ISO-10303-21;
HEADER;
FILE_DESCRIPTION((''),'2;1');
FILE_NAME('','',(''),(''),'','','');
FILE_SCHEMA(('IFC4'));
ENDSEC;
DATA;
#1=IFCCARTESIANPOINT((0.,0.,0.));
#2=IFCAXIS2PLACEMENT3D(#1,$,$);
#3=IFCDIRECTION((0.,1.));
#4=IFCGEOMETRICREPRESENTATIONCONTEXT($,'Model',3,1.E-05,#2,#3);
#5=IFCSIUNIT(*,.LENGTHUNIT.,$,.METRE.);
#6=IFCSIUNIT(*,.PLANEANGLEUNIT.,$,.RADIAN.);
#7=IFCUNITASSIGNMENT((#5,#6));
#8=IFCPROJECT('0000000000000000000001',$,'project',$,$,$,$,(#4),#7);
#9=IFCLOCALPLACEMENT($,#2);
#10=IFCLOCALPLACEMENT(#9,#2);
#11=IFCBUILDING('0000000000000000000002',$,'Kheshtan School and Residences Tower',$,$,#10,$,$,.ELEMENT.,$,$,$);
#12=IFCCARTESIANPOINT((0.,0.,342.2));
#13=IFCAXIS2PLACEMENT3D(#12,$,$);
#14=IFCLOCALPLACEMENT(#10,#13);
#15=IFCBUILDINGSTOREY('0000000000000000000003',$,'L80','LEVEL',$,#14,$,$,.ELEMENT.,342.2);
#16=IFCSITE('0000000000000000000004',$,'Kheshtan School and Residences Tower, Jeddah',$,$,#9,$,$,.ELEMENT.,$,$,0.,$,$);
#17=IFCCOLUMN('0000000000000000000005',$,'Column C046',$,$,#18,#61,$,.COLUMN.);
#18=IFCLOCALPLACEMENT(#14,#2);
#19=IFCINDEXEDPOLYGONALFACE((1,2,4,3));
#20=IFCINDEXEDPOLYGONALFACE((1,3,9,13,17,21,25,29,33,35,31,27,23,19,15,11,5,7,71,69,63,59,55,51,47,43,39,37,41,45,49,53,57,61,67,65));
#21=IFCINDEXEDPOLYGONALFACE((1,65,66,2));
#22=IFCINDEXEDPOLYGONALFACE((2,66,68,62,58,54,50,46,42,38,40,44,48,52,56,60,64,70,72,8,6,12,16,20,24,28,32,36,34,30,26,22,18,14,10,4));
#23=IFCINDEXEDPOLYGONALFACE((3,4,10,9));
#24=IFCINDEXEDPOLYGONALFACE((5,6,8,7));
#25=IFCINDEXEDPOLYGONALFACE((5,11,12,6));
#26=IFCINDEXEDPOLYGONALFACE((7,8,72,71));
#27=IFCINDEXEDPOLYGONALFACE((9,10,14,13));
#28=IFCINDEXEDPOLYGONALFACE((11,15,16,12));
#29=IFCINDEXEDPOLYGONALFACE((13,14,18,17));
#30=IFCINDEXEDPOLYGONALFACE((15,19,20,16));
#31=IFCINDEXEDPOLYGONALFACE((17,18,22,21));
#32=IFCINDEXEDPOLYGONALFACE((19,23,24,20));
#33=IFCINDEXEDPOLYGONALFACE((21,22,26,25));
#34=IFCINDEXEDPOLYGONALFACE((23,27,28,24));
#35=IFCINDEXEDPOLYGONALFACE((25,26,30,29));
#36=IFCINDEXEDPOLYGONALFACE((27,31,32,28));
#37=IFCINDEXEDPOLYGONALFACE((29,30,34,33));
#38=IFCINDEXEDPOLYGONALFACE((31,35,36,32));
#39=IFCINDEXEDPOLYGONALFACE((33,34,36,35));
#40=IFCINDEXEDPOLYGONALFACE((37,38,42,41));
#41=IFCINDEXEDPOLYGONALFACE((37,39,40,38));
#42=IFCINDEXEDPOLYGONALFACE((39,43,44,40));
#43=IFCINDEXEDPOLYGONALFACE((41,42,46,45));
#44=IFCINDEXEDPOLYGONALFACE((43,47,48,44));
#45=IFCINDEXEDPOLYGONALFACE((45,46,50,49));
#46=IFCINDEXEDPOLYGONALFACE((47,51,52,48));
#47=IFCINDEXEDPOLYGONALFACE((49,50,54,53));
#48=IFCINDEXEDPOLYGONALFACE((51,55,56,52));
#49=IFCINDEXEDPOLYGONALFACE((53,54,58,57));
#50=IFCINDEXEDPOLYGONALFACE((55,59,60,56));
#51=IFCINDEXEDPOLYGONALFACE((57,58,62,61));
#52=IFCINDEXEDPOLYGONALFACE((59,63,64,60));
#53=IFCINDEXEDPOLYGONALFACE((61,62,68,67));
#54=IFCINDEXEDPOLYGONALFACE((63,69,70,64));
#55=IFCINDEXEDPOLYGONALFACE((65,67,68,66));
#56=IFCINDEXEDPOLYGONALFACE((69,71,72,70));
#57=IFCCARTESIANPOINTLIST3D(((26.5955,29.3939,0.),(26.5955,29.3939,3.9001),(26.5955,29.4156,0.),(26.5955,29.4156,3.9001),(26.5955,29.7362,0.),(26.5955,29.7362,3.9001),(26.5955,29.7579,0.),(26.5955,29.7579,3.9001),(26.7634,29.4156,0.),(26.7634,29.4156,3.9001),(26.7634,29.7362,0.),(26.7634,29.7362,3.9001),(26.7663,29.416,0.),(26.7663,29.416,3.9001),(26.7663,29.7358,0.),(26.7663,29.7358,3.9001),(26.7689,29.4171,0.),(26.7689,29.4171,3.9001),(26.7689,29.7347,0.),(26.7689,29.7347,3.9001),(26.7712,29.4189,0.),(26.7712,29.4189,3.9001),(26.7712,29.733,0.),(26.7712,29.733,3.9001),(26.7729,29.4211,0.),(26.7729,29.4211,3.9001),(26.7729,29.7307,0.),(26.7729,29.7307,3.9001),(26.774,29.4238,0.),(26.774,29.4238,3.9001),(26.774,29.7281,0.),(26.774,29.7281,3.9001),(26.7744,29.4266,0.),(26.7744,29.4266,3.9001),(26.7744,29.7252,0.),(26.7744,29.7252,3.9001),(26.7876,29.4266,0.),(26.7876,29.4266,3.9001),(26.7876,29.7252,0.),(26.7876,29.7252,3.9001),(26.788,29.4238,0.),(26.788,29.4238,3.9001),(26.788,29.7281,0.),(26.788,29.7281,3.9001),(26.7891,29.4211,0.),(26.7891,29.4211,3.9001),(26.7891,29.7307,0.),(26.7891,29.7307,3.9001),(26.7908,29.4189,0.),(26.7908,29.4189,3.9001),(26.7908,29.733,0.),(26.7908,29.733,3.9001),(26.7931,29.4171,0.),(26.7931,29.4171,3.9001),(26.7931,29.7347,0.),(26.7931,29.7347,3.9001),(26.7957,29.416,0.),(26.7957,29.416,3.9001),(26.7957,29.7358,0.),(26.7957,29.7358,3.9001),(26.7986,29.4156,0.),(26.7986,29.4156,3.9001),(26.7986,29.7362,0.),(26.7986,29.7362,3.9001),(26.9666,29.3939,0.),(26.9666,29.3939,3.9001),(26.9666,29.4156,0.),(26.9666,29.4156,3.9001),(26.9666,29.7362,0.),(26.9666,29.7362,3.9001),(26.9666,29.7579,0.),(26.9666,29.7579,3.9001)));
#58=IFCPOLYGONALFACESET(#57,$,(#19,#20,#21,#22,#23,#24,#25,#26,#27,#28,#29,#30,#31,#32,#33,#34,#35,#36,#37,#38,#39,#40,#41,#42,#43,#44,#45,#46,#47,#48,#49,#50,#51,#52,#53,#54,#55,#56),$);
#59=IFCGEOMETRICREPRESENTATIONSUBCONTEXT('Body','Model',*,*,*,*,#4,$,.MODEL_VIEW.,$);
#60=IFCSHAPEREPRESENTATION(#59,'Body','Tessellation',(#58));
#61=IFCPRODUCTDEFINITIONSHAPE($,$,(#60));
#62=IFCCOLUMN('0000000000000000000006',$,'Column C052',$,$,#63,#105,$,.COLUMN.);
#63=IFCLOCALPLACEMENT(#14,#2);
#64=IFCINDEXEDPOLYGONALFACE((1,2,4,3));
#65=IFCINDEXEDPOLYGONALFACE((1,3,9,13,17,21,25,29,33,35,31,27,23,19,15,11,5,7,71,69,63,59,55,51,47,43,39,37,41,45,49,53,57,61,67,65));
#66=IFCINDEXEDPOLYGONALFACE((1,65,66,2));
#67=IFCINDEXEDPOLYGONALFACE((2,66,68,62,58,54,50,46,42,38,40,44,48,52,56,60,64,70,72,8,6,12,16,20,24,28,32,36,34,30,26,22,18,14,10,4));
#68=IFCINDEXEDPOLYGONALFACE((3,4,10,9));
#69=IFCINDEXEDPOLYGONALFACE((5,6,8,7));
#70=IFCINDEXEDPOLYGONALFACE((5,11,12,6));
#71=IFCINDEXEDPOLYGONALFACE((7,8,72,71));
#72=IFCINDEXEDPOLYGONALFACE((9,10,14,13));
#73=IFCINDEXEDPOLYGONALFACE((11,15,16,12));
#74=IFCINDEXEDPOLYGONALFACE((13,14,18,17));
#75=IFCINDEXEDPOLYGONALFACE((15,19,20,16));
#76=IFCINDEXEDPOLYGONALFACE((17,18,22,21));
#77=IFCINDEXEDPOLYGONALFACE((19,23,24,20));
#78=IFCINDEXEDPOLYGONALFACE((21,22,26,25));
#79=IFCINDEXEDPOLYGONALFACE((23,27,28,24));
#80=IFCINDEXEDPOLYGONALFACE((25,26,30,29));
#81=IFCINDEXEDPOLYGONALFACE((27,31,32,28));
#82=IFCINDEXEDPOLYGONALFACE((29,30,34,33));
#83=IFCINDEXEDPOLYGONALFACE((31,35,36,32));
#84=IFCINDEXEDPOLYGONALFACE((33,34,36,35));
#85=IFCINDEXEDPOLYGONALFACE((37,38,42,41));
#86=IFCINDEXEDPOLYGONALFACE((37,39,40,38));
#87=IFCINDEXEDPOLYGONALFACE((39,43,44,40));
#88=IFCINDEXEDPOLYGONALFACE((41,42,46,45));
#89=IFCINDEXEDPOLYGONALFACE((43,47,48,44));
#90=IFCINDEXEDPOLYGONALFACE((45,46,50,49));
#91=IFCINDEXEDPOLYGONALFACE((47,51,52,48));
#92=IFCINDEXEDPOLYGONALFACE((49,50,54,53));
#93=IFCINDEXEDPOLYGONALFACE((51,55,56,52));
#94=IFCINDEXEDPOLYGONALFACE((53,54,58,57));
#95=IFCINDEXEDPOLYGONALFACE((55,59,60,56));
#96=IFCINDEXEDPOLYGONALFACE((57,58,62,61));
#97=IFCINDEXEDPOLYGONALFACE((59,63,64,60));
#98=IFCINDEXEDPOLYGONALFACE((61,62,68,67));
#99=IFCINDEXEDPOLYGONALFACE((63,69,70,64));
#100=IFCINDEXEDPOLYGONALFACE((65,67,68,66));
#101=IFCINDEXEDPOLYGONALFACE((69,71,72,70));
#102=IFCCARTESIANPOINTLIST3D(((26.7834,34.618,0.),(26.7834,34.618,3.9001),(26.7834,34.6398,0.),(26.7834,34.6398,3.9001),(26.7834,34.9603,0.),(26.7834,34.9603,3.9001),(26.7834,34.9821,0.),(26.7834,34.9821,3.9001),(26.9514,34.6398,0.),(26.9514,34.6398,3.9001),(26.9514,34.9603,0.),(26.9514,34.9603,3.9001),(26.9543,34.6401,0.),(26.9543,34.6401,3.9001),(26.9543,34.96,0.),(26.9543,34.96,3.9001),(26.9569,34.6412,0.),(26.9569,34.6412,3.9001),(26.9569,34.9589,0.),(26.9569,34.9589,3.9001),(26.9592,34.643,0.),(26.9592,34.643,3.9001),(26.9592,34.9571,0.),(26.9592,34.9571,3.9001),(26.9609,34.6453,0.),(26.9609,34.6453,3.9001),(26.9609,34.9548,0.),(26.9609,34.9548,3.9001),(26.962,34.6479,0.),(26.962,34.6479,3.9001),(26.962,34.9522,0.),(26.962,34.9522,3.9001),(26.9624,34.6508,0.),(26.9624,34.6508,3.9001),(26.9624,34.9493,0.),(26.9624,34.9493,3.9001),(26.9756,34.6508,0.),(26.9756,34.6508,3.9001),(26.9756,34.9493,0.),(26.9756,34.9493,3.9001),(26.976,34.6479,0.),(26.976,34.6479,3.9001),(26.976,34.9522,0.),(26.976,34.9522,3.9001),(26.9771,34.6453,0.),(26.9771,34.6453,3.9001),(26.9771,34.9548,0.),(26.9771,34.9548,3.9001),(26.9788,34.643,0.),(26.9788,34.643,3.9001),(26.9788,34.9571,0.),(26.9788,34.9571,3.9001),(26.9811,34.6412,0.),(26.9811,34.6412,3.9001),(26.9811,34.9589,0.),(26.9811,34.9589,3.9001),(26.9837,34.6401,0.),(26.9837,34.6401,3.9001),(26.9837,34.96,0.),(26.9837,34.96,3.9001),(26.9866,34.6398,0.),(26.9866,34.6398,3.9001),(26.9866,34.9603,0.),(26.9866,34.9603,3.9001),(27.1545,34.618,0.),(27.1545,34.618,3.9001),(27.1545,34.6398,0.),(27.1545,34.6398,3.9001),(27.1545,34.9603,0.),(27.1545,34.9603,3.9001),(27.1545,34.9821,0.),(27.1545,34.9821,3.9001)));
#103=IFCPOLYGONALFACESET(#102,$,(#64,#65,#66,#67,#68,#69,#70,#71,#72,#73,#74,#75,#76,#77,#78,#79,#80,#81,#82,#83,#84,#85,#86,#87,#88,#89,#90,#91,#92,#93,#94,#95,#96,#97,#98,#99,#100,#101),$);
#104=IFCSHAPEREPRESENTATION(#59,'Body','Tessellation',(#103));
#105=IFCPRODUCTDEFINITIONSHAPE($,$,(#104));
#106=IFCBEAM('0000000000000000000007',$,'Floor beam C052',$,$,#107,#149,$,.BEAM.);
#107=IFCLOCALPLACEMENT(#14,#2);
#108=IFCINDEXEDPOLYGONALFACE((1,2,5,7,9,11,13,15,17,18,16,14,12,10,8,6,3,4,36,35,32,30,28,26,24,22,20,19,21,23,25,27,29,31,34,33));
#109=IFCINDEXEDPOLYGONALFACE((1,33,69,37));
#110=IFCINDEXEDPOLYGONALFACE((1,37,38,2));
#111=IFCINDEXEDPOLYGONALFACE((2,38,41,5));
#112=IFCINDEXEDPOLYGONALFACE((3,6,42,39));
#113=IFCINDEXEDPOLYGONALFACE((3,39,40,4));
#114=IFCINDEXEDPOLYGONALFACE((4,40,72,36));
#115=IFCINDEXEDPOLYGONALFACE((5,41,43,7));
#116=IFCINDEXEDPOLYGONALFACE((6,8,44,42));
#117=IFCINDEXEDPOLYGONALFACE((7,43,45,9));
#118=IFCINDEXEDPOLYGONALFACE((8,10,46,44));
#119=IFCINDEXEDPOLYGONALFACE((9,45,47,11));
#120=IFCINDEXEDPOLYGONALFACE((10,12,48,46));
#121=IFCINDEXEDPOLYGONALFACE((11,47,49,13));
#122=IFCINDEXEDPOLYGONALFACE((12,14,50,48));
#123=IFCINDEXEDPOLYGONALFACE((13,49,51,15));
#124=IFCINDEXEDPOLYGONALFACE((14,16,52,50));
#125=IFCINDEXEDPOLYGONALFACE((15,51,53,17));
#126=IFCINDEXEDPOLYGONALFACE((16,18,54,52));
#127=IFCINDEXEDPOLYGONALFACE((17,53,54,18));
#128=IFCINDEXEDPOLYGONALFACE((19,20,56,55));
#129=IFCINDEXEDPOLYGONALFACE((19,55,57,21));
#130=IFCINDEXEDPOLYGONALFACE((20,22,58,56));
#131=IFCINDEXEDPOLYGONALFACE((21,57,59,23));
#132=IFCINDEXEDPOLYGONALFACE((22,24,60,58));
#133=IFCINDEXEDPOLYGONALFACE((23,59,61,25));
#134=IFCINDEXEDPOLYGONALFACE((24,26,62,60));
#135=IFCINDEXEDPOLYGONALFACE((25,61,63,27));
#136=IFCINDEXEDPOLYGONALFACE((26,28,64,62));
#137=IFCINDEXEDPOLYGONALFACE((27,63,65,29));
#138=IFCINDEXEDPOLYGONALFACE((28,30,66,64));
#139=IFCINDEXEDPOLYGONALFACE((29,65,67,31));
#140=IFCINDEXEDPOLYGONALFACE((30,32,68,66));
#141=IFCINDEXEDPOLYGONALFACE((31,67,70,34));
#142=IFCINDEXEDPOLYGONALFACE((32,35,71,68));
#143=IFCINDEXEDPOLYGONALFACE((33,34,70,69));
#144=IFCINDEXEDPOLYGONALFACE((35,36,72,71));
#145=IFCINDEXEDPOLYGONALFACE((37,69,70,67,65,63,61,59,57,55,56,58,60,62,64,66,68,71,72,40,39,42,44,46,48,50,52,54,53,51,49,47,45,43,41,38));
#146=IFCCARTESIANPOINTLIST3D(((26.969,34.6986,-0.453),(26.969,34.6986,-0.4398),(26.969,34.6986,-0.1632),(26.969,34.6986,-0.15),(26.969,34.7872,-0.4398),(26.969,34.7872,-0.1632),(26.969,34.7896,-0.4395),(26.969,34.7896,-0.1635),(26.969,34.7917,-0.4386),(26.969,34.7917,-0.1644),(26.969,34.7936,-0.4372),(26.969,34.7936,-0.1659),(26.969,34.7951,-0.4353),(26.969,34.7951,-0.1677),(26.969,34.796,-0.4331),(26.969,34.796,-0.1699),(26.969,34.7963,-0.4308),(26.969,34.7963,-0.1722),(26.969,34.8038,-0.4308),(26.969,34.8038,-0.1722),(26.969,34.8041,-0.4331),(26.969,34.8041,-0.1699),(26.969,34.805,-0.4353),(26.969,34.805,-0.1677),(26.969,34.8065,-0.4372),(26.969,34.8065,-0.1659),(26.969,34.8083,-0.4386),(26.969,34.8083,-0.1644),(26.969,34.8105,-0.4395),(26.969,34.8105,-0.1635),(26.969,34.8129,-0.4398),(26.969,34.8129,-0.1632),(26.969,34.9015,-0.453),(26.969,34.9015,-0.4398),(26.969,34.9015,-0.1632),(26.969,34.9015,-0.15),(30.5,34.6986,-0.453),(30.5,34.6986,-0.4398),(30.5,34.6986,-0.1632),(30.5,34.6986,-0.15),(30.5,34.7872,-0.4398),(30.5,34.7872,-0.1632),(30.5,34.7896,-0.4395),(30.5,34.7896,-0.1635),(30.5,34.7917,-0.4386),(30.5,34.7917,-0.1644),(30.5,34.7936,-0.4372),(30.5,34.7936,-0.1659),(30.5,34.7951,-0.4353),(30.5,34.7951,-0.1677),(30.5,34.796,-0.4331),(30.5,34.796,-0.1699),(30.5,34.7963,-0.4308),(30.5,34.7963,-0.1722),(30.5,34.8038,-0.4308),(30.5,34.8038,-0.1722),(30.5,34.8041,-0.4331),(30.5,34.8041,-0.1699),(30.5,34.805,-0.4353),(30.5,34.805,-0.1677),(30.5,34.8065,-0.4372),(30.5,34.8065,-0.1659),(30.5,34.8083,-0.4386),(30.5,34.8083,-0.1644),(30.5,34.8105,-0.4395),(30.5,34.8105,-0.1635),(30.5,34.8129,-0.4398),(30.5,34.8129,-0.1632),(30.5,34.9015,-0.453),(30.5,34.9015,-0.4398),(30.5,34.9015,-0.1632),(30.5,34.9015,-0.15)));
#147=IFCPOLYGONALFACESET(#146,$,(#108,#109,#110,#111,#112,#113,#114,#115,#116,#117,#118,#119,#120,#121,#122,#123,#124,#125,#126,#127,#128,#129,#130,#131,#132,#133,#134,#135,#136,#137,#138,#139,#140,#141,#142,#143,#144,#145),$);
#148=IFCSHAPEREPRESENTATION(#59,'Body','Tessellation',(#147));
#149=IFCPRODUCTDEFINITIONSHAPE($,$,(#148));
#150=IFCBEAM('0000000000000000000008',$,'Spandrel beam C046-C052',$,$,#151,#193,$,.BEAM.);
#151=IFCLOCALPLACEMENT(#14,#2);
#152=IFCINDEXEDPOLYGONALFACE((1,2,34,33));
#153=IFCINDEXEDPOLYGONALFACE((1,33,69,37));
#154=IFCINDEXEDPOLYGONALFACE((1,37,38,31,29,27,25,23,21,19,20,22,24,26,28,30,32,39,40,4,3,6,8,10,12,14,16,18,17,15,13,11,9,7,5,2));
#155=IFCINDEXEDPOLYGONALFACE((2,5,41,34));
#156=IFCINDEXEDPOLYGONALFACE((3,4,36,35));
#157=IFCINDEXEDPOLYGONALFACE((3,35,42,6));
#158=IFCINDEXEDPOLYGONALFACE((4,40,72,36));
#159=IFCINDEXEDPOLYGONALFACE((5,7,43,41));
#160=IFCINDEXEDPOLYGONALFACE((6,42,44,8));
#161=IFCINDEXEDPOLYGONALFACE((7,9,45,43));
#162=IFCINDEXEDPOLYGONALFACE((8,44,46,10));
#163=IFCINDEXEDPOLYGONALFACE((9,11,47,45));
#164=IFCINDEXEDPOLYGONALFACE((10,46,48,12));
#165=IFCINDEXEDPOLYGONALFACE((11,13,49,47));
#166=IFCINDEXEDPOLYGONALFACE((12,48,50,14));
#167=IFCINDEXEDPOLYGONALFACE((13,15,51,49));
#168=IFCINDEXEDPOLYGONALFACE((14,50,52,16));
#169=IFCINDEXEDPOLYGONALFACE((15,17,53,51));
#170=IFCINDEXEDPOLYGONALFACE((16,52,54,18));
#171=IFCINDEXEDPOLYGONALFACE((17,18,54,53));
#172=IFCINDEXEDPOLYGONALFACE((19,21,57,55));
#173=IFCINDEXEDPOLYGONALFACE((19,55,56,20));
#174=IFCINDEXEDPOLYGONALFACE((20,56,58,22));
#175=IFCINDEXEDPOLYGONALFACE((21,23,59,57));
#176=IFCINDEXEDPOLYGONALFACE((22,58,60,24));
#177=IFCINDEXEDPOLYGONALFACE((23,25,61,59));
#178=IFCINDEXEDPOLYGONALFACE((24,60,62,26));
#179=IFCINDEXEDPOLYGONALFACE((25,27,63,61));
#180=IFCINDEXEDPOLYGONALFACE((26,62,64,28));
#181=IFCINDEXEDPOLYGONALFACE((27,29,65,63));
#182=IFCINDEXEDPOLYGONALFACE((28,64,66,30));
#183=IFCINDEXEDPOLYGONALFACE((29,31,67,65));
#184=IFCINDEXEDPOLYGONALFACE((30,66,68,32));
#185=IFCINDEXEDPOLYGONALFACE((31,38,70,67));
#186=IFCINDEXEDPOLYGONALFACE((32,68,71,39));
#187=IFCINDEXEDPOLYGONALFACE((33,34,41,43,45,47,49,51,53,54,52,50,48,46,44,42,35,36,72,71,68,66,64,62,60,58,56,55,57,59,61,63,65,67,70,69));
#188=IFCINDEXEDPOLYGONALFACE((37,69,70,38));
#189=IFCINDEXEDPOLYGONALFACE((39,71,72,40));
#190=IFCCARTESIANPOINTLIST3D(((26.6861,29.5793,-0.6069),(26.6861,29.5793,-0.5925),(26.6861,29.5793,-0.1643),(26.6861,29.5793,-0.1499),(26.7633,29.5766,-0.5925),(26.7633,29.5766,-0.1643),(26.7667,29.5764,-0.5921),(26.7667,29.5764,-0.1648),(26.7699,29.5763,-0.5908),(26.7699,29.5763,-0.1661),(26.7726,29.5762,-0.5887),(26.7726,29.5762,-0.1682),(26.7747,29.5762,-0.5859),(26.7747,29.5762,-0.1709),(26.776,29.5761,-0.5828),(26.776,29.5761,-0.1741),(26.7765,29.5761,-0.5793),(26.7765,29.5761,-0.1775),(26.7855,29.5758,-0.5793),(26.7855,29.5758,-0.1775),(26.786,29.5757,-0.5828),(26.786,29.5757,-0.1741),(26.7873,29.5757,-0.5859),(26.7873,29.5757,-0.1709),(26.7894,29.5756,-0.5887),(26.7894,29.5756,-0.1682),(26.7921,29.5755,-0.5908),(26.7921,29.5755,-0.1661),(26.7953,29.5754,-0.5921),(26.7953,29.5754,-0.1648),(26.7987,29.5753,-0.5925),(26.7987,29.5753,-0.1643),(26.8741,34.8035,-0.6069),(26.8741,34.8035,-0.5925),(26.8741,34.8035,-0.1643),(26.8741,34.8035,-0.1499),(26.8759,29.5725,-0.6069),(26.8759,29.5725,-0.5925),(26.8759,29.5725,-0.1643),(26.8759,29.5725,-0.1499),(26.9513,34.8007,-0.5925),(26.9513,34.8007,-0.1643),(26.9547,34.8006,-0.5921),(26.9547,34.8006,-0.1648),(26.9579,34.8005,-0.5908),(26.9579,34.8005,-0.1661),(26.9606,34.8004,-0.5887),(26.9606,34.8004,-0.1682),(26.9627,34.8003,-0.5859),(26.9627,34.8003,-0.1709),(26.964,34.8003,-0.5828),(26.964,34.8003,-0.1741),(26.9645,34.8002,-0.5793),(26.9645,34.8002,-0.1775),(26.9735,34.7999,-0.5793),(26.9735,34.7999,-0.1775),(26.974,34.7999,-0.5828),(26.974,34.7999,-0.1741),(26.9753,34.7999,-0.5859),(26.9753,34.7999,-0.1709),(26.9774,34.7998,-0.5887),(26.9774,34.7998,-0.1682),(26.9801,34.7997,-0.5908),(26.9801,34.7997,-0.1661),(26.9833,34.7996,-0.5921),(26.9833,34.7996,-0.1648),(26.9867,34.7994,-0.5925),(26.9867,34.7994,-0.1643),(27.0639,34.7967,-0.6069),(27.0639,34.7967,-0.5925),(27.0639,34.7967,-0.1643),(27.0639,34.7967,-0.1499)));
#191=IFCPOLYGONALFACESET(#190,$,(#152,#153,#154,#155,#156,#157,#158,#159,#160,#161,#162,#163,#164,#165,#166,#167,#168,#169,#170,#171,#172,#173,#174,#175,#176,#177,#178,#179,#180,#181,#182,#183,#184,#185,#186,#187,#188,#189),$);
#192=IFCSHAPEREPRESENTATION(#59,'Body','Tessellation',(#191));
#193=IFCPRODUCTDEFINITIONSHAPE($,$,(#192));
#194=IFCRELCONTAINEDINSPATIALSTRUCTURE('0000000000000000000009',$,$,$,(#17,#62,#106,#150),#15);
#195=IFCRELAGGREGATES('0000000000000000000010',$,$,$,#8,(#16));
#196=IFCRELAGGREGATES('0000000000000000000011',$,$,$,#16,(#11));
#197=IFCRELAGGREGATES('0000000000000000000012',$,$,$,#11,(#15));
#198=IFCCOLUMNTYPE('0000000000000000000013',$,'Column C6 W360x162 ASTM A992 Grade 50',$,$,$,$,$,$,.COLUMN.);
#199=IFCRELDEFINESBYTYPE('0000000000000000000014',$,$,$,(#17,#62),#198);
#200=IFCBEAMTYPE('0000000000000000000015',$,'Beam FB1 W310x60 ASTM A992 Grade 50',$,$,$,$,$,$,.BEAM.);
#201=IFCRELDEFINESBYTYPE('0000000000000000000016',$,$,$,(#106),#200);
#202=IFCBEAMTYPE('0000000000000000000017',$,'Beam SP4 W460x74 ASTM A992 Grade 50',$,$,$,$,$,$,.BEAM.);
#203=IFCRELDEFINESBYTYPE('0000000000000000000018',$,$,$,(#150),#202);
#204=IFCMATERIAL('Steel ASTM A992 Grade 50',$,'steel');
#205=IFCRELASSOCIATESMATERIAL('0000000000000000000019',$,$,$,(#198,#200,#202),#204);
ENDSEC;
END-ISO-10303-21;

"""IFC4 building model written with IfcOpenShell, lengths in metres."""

from ifc_helpers import new_model, si_unit, direction, frame, origin, origin_2d, place, context, subcontext, project, spatial, i_section, extrude, material, material_profile, profile_set, type_object, element, save


model = new_model("IFC4")

# Units and contexts
model_context = context("Model", 3, precision=1e-05, world=origin(), true_north=direction((0.0, 1.0)))
body_context = subcontext(model_context, "Body", "Model", "MODEL_VIEW")
ifc_project = project(units=[si_unit("LENGTHUNIT", "METRE"), si_unit("PLANEANGLEUNIT", "RADIAN")], contexts=[model_context])

# Site, building, storey
site_placement = place(None, origin())
site = spatial("IfcSite", under=ifc_project, at=site_placement, Name="Kheshtan School and Residences Tower, Jeddah", CompositionType="ELEMENT", RefElevation=0.0)
building_placement = place(site_placement, origin())
building = spatial("IfcBuilding", under=site, at=building_placement, Name="Kheshtan School and Residences Tower", CompositionType="ELEMENT")
storey_placement = place(building_placement, frame((0.0, 0.0, 342.2)))
storey = spatial("IfcBuildingStorey", under=building, at=storey_placement, Name="L80", Description="LEVEL", CompositionType="ELEMENT", Elevation=342.2)

# Columns
ifc_material_1 = material(Name="Steel ASTM A992 Grade 50", Category="steel")
ifc_material_profile_1 = material_profile(ifc_material_1, i_section(OverallWidth=0.3711, OverallDepth=0.364, WebThickness=0.0132, FlangeThickness=0.0217, FilletRadius=0.011, at=origin_2d()), Name="W360x162")
ifc_profile_set_1 = profile_set([ifc_material_profile_1], Name="Steel ASTM A992 Grade 50")
column_type = type_object("IfcColumnType", Name="Column C6 W360x162 ASTM A992 Grade 50", PredefinedType="COLUMN", material=ifc_profile_set_1)
for number, where, z_axis, x_axis, name in (
    (1, (26.781, 29.5759, 0.0), (0.0, 0.0, 1.0), (1.0, 0.0, 0.0), "Column C046"),
    (2, (26.969, 34.8, 0.0), (0.0, 0.0, 1.0), (1.0, 0.0, 0.0), "Column C052"),
):
    element("IfcColumn", number, at=place(storey_placement, frame(where, z_axis=z_axis, x_axis=x_axis)), inside=storey, type_object=column_type, Name=name, PredefinedType="COLUMN", context=body_context, shape_type="SweptSolid", body=[
        extrude(i_section(OverallWidth=0.3711, OverallDepth=0.364, WebThickness=0.0132, FlangeThickness=0.0217, FilletRadius=0.011, at=origin_2d()), origin(), (0.0, 0.0, 1.0), 3.9001),
    ])

# Beams
ifc_material_profile_2 = material_profile(ifc_material_1, i_section(OverallWidth=0.2029, OverallDepth=0.303, WebThickness=0.0076, FlangeThickness=0.0132, FilletRadius=0.009, at=origin_2d()), Name="W310x60")
ifc_profile_set_2 = profile_set([ifc_material_profile_2], Name="Steel ASTM A992 Grade 50")
beam_type_1 = type_object("IfcBeamType", Name="Beam FB1 W310x60 ASTM A992 Grade 50", PredefinedType="BEAM", material=ifc_profile_set_2)
beam_1_placement = place(storey_placement, frame((26.969, 34.8, -0.3015), z_axis=(1.0, 0.0, 0.0), x_axis=(0.0, 1.0, 0.0)))
element("IfcBeam", 3, at=beam_1_placement, inside=storey, type_object=beam_type_1, Name="Floor beam C052", PredefinedType="BEAM", context=body_context, shape_type="SweptSolid", body=[
    extrude(i_section(OverallWidth=0.2029, OverallDepth=0.303, WebThickness=0.0076, FlangeThickness=0.0132, FilletRadius=0.009, at=origin_2d()), origin(), (0.0, 0.0, 1.0), 3.531),
])
ifc_material_profile_3 = material_profile(ifc_material_1, i_section(OverallWidth=0.1899, OverallDepth=0.457, WebThickness=0.009, FlangeThickness=0.0144, FilletRadius=0.0132, at=origin_2d()), Name="W460x74")
ifc_profile_set_3 = profile_set([ifc_material_profile_3], Name="Steel ASTM A992 Grade 50")
beam_type_2 = type_object("IfcBeamType", Name="Beam SP4 W460x74 ASTM A992 Grade 50", PredefinedType="BEAM", material=ifc_profile_set_3)
beam_2_placement = place(storey_placement, frame((26.781, 29.5759, -0.3784), z_axis=(0.035961, 0.999353, 0.0), x_axis=(-0.999353, 0.035961, 0.0)))
element("IfcBeam", 4, at=beam_2_placement, inside=storey, type_object=beam_type_2, Name="Spandrel beam C046-C052", PredefinedType="BEAM", context=body_context, shape_type="SweptSolid", body=[
    extrude(i_section(OverallWidth=0.1899, OverallDepth=0.457, WebThickness=0.009, FlangeThickness=0.0144, FilletRadius=0.0132, at=origin_2d()), origin(), (0.0, 0.0, 1.0), 5.2275),
])

save(model, "model.ifc")
